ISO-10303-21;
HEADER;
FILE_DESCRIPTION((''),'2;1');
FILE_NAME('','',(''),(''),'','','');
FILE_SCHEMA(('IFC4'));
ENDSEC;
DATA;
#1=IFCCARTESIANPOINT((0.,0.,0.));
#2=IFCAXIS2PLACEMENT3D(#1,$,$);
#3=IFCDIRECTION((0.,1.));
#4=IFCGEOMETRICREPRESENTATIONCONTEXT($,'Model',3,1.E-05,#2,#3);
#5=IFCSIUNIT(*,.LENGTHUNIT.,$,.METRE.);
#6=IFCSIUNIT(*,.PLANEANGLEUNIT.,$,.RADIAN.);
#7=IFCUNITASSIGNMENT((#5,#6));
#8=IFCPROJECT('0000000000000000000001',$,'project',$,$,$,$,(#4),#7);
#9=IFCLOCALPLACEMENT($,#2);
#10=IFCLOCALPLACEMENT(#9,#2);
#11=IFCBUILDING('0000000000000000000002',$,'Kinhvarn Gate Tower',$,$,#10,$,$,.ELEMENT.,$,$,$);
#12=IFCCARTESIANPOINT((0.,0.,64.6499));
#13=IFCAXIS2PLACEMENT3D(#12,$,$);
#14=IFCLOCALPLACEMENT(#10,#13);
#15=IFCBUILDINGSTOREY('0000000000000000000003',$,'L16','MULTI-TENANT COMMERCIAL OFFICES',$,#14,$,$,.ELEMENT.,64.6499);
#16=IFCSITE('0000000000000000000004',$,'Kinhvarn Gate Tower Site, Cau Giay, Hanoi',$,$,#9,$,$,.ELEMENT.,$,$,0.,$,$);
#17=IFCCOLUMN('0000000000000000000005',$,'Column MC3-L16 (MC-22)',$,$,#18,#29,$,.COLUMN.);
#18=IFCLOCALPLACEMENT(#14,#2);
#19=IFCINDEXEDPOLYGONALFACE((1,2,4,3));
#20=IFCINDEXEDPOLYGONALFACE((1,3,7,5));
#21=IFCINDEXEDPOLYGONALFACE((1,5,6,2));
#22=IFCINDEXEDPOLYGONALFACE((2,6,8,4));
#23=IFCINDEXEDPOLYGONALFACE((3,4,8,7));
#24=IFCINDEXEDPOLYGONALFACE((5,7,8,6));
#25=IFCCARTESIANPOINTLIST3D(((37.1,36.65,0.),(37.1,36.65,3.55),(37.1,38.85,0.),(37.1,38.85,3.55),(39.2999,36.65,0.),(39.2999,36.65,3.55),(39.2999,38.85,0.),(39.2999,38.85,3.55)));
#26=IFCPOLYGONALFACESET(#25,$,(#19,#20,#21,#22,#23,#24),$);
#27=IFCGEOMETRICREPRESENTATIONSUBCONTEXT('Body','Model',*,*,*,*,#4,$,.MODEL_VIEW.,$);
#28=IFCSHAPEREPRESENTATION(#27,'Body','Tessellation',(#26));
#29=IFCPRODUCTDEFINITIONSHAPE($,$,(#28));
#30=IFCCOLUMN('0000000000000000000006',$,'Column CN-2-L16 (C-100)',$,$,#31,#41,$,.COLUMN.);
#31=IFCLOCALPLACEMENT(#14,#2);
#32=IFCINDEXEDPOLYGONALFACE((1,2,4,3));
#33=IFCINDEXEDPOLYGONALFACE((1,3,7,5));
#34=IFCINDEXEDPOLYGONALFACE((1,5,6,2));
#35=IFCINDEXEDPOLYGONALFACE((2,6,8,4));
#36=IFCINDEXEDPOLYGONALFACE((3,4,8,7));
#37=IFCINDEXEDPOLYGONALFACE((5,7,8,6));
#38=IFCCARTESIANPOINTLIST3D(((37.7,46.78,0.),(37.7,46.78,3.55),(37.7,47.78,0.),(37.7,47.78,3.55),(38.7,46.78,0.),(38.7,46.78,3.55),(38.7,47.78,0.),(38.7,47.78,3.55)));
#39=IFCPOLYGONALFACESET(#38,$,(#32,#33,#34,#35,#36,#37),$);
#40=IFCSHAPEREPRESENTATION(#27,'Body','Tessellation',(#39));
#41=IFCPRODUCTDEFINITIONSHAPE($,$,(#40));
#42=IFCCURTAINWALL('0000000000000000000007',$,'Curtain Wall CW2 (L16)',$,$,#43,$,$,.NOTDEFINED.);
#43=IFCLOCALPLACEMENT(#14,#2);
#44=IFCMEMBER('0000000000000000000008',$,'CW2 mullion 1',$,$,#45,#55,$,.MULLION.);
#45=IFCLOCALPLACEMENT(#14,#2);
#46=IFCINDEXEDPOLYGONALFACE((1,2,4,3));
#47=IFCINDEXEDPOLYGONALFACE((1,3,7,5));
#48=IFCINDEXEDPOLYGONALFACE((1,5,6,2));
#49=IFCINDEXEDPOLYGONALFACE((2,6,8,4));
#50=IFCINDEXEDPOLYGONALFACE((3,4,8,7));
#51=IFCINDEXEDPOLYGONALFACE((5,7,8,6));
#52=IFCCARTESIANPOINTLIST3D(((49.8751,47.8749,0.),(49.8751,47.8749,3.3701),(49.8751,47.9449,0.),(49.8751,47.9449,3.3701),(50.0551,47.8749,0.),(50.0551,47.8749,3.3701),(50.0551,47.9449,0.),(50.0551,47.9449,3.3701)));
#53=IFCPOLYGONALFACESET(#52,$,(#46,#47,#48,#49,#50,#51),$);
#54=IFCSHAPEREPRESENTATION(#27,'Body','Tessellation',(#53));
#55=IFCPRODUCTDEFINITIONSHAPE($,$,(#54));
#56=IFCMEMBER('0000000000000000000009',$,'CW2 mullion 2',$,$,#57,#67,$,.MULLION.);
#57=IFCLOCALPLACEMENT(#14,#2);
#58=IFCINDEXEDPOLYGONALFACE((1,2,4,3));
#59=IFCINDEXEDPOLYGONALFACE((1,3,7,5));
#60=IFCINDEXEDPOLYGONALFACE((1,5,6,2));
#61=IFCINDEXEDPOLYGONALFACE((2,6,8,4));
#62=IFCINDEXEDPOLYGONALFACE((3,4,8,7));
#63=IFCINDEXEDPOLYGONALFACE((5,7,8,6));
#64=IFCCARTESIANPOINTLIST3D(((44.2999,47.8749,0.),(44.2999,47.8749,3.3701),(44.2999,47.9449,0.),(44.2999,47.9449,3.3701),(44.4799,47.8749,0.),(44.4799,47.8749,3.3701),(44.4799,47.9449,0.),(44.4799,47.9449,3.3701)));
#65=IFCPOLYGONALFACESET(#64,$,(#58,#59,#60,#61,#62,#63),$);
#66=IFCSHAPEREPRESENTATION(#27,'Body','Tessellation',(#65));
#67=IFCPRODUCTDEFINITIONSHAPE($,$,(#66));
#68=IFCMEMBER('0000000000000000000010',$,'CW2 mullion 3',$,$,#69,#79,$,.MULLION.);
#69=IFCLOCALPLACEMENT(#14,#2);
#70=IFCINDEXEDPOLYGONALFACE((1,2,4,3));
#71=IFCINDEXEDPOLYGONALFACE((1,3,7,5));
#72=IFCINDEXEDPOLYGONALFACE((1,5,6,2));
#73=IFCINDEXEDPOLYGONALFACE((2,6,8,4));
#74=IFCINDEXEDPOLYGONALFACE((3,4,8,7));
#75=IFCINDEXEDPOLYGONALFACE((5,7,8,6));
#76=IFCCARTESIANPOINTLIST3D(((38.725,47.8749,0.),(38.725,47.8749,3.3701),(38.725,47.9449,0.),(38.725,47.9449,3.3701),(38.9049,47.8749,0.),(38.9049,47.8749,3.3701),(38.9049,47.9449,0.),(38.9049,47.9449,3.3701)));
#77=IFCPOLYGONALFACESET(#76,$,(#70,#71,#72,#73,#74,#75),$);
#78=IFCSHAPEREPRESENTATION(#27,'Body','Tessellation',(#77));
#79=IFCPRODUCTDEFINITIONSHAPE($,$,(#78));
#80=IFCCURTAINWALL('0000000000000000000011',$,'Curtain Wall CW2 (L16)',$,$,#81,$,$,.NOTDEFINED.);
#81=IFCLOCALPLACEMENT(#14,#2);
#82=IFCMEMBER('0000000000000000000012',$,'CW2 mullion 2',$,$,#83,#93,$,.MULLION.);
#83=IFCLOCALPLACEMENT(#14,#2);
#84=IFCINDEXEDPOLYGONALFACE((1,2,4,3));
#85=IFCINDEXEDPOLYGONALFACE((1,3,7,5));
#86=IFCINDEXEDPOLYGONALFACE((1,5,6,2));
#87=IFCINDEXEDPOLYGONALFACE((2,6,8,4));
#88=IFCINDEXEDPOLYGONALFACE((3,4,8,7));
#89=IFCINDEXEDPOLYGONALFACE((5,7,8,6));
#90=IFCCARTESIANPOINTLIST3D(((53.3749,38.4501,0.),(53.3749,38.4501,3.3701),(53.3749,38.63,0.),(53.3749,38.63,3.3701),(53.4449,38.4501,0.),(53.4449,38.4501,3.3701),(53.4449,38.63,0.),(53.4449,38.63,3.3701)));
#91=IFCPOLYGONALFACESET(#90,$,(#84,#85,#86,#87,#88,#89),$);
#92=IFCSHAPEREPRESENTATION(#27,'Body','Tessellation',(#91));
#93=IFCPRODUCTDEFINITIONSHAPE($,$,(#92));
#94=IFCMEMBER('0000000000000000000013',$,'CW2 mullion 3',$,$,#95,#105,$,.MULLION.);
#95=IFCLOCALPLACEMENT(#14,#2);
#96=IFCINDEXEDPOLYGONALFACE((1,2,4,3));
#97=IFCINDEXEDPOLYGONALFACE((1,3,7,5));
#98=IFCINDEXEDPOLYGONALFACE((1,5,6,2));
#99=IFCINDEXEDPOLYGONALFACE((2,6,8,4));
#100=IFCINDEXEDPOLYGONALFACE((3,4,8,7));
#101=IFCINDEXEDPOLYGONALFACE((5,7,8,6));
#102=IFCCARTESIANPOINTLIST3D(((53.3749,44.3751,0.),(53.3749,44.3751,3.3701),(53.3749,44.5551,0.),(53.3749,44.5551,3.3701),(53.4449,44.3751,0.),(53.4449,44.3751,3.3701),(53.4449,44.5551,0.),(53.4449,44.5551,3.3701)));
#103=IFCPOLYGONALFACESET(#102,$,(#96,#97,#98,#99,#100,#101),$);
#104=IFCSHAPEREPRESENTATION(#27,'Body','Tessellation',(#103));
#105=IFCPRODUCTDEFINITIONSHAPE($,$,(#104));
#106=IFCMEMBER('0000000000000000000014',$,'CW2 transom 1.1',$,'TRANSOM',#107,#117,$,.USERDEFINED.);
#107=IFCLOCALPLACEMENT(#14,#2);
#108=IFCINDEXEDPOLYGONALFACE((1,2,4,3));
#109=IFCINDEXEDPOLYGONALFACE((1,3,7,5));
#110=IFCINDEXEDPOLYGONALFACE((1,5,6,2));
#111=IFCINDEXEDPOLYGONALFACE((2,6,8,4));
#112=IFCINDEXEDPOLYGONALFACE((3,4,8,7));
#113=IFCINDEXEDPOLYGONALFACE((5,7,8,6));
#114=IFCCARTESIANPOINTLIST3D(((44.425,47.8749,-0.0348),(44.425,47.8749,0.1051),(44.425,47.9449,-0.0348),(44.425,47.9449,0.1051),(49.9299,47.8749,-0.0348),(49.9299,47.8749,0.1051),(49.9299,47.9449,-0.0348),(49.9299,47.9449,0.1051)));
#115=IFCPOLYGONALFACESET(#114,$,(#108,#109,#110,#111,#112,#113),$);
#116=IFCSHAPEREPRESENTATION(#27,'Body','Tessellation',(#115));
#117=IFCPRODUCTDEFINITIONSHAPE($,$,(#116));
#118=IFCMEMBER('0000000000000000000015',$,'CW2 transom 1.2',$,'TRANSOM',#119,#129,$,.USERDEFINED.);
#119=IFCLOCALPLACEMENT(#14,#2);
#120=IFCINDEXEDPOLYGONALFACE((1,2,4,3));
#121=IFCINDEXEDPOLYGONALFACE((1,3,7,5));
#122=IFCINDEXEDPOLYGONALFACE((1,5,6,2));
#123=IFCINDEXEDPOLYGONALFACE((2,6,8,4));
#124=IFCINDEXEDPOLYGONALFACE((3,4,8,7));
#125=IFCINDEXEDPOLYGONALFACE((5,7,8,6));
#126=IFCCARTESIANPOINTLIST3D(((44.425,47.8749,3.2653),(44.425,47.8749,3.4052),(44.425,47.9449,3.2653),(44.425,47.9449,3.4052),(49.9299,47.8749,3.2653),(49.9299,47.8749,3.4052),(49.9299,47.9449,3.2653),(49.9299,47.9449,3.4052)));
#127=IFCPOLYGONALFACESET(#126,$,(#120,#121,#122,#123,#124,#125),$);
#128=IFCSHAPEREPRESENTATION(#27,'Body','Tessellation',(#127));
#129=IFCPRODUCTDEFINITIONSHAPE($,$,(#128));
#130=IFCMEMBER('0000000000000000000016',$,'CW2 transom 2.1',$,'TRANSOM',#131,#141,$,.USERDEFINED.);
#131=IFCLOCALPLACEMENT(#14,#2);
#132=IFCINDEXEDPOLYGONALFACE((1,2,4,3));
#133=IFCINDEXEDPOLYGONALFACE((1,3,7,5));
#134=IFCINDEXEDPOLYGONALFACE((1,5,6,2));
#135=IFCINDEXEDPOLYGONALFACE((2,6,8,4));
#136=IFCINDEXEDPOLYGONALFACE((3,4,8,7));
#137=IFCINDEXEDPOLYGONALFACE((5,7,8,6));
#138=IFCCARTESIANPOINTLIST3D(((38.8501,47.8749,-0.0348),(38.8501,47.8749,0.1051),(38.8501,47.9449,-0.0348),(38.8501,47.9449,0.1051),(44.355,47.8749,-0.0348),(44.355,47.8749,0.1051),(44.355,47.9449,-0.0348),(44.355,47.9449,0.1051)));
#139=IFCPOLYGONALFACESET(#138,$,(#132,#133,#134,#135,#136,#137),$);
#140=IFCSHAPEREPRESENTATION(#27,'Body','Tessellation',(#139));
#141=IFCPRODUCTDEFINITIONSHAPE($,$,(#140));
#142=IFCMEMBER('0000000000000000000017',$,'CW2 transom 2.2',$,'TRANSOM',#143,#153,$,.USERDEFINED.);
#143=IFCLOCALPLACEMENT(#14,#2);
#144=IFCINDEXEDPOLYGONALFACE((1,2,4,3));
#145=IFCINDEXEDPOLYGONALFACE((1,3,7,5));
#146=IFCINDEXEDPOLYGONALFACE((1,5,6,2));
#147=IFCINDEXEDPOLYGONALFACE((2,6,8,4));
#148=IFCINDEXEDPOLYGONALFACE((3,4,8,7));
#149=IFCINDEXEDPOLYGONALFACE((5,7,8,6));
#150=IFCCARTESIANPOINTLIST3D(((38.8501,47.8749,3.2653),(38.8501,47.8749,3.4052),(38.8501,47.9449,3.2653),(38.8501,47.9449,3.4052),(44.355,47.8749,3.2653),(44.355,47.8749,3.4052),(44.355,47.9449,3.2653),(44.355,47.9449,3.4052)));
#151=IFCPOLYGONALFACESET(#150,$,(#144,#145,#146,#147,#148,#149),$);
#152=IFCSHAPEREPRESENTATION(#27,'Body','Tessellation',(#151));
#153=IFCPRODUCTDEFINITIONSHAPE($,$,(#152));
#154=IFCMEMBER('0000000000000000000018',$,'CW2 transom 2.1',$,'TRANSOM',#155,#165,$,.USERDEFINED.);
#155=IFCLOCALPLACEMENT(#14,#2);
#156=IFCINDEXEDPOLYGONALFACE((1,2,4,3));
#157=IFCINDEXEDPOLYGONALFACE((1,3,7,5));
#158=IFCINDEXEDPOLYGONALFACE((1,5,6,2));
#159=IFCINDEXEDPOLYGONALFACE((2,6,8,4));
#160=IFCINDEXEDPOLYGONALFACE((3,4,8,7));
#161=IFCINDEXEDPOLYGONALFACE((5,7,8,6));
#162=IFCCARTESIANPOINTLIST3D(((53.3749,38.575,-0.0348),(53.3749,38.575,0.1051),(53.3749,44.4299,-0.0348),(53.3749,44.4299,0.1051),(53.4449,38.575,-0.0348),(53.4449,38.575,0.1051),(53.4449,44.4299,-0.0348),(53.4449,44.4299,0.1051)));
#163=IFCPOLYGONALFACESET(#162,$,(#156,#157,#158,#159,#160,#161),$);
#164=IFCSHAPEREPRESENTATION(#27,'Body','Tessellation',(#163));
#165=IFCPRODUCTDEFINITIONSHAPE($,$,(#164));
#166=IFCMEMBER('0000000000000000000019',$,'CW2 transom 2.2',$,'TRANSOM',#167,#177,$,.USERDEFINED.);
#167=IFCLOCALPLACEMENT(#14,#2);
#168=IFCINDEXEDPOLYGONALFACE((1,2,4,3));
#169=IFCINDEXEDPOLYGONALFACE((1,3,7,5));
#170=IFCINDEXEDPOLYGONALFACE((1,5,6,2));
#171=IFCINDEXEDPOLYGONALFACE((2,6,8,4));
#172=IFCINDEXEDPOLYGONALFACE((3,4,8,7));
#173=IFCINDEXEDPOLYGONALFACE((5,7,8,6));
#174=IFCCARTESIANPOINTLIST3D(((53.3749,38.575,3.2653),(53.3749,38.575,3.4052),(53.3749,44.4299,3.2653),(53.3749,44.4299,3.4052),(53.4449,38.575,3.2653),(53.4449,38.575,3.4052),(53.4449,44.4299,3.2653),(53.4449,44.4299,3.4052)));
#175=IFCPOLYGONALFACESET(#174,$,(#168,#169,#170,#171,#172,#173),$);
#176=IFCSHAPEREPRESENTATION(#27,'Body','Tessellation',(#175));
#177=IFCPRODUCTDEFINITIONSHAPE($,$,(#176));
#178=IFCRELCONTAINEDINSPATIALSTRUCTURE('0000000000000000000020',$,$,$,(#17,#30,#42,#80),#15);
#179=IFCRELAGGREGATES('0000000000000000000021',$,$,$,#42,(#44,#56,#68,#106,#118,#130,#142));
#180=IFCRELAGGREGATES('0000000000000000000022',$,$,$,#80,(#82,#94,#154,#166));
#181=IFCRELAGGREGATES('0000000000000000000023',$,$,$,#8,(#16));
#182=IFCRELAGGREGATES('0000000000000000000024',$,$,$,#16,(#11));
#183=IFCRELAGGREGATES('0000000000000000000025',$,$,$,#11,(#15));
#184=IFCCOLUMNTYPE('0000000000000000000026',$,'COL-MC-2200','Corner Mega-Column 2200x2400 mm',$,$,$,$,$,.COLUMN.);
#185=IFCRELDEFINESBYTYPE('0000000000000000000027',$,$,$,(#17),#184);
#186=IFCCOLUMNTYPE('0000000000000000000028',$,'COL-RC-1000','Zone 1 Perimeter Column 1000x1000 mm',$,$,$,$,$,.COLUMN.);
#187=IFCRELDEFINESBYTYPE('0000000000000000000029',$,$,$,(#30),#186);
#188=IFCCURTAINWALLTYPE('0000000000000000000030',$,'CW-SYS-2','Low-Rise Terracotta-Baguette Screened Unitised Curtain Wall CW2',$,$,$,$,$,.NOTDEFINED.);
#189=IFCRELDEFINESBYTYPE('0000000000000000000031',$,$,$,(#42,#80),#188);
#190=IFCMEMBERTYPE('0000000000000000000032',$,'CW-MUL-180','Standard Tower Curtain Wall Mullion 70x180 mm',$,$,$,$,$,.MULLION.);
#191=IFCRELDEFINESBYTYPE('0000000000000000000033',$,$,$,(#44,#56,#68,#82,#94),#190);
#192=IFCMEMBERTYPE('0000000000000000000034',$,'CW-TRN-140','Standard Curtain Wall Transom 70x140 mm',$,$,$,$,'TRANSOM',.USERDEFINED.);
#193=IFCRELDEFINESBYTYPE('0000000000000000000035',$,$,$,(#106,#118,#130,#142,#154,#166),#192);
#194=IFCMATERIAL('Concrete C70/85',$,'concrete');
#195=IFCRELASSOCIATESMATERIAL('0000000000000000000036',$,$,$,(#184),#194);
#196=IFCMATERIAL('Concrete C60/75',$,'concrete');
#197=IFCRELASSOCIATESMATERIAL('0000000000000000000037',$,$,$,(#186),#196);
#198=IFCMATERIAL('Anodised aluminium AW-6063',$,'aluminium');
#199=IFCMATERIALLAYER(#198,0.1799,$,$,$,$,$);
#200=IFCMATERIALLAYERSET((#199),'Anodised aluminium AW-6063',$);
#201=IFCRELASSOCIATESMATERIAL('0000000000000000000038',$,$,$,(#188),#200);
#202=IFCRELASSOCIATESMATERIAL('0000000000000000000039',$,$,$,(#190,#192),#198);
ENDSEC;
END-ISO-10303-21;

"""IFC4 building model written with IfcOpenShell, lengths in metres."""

from ifc_helpers import new_model, si_unit, direction, frame, origin, origin_2d, place, context, subcontext, project, spatial, rectangle, extrude, material, layer, layer_set, material_profile, profile_set, type_object, element, aggregate, save


model = new_model("IFC4")

# Units and contexts
model_context = context("Model", 3, precision=1e-05, world=origin(), true_north=direction((0.0, 1.0)))
body_context = subcontext(model_context, "Body", "Model", "MODEL_VIEW")
ifc_project = project(units=[si_unit("LENGTHUNIT", "METRE"), si_unit("PLANEANGLEUNIT", "RADIAN")], contexts=[model_context])

# Site, building, storey
site_placement = place(None, origin())
site = spatial("IfcSite", under=ifc_project, at=site_placement, Name="Kinhvarn Gate Tower Site, Cau Giay, Hanoi", CompositionType="ELEMENT", RefElevation=0.0)
building_placement = place(site_placement, origin())
building = spatial("IfcBuilding", under=site, at=building_placement, Name="Kinhvarn Gate Tower", CompositionType="ELEMENT")
storey_placement = place(building_placement, frame((0.0, 0.0, 64.6499)))
storey = spatial("IfcBuildingStorey", under=building, at=storey_placement, Name="L16", Description="MULTI-TENANT COMMERCIAL OFFICES", CompositionType="ELEMENT", Elevation=64.6499)

# Columns
ifc_material_1 = material(Name="Concrete C70/85", Category="concrete")
ifc_material_profile_1 = material_profile(ifc_material_1, rectangle(XDim=2.2, YDim=2.2, at=origin_2d()), Name="RC 2200x2200")
ifc_profile_set_1 = profile_set([ifc_material_profile_1], Name="Concrete C70/85")
column_type_1 = type_object("IfcColumnType", Name="COL-MC-2200", Description="Corner Mega-Column 2200x2400 mm", PredefinedType="COLUMN", material=ifc_profile_set_1)
column_1_placement = place(storey_placement, frame((38.2, 37.75, 0.0), z_axis=(0.0, 0.0, 1.0), x_axis=(1.0, 0.0, 0.0)))
element("IfcColumn", 1, at=column_1_placement, inside=storey, type_object=column_type_1, Name="Column MC3-L16 (MC-22)", PredefinedType="COLUMN", context=body_context, shape_type="SweptSolid", body=[
    extrude(rectangle(XDim=2.2, YDim=2.2, at=origin_2d()), origin(), (0.0, 0.0, 1.0), 3.55),
])
ifc_material_2 = material(Name="Concrete C60/75", Category="concrete")
ifc_material_profile_2 = material_profile(ifc_material_2, rectangle(XDim=1.0, YDim=1.0, at=origin_2d()), Name="RC 1000x1000")
ifc_profile_set_2 = profile_set([ifc_material_profile_2], Name="Concrete C60/75")
column_type_2 = type_object("IfcColumnType", Name="COL-RC-1000", Description="Zone 1 Perimeter Column 1000x1000 mm", PredefinedType="COLUMN", material=ifc_profile_set_2)
column_2_placement = place(storey_placement, frame((38.2, 47.28, 0.0), z_axis=(0.0, 0.0, 1.0), x_axis=(1.0, 0.0, 0.0)))
element("IfcColumn", 2, at=column_2_placement, inside=storey, type_object=column_type_2, Name="Column CN-2-L16 (C-100)", PredefinedType="COLUMN", context=body_context, shape_type="SweptSolid", body=[
    extrude(rectangle(XDim=1.0, YDim=1.0, at=origin_2d()), origin(), (0.0, 0.0, 1.0), 3.55),
])

# Curtain walls, members
ifc_material_3 = material(Name="Anodised aluminium AW-6063", Category="aluminium")
ifc_layer_1 = layer(ifc_material_3, 0.1799)
ifc_layer_set_1 = layer_set([ifc_layer_1], Name="Anodised aluminium AW-6063")
curtain_wall_type = type_object("IfcCurtainWallType", Name="CW-SYS-2", Description="Low-Rise Terracotta-Baguette Screened Unitised Curtain Wall CW2", PredefinedType="NOTDEFINED", material=ifc_layer_set_1)
curtain_wall_1_placement = place(storey_placement, origin())
curtain_wall_1 = element("IfcCurtainWall", 3, at=curtain_wall_1_placement, inside=storey, type_object=curtain_wall_type, Name="Curtain Wall CW2 (L16)", PredefinedType="NOTDEFINED")
ifc_material_profile_3 = material_profile(ifc_material_3, rectangle(XDim=0.0701, YDim=0.1799, at=origin_2d()), Name="ALU 70x180")
ifc_profile_set_3 = profile_set([ifc_material_profile_3], Name="Anodised aluminium AW-6063")
member_type_1 = type_object("IfcMemberType", Name="CW-MUL-180", Description="Standard Tower Curtain Wall Mullion 70x180 mm", PredefinedType="MULLION", material=ifc_profile_set_3)
member_1_placement = place(storey_placement, frame((49.9651, 47.9099, 0.0), z_axis=(0.0, 0.0, 1.0), x_axis=(0.0, -1.0, 0.0)))
member_1 = element("IfcMember", 4, at=member_1_placement, type_object=member_type_1, Name="CW2 mullion 1", PredefinedType="MULLION", context=body_context, shape_type="SweptSolid", body=[
    extrude(rectangle(XDim=0.0701, YDim=0.1799, at=origin_2d()), origin(), (0.0, 0.0, 1.0), 3.3701),
])
member_2_placement = place(storey_placement, frame((44.3899, 47.9099, 0.0), z_axis=(0.0, 0.0, 1.0), x_axis=(0.0, -1.0, 0.0)))
member_2 = element("IfcMember", 5, at=member_2_placement, type_object=member_type_1, Name="CW2 mullion 2", PredefinedType="MULLION", context=body_context, shape_type="SweptSolid", body=[
    extrude(rectangle(XDim=0.0701, YDim=0.1799, at=origin_2d()), origin(), (0.0, 0.0, 1.0), 3.3701),
])
member_3_placement = place(storey_placement, frame((38.8149, 47.9099, 0.0), z_axis=(0.0, 0.0, 1.0), x_axis=(0.0, -1.0, 0.0)))
member_3 = element("IfcMember", 6, at=member_3_placement, type_object=member_type_1, Name="CW2 mullion 3", PredefinedType="MULLION", context=body_context, shape_type="SweptSolid", body=[
    extrude(rectangle(XDim=0.0701, YDim=0.1799, at=origin_2d()), origin(), (0.0, 0.0, 1.0), 3.3701),
])
curtain_wall_2_placement = place(storey_placement, origin())
curtain_wall_2 = element("IfcCurtainWall", 7, at=curtain_wall_2_placement, inside=storey, type_object=curtain_wall_type, Name="Curtain Wall CW2 (L16)", PredefinedType="NOTDEFINED")
member_4_placement = place(storey_placement, frame((53.4099, 38.54, 0.0), z_axis=(0.0, 0.0, 1.0), x_axis=(-1.0, 0.0, 0.0)))
member_4 = element("IfcMember", 8, at=member_4_placement, type_object=member_type_1, Name="CW2 mullion 2", PredefinedType="MULLION", context=body_context, shape_type="SweptSolid", body=[
    extrude(rectangle(XDim=0.0701, YDim=0.1799, at=origin_2d()), origin(), (0.0, 0.0, 1.0), 3.3701),
])
member_5_placement = place(storey_placement, frame((53.4099, 44.4651, 0.0), z_axis=(0.0, 0.0, 1.0), x_axis=(-1.0, 0.0, 0.0)))
member_5 = element("IfcMember", 9, at=member_5_placement, type_object=member_type_1, Name="CW2 mullion 3", PredefinedType="MULLION", context=body_context, shape_type="SweptSolid", body=[
    extrude(rectangle(XDim=0.0701, YDim=0.1799, at=origin_2d()), origin(), (0.0, 0.0, 1.0), 3.3701),
])

# Members
ifc_material_profile_4 = material_profile(ifc_material_3, rectangle(XDim=0.0701, YDim=0.1399, at=origin_2d()), Name="ALU 70x140")
ifc_profile_set_4 = profile_set([ifc_material_profile_4], Name="Anodised aluminium AW-6063")
member_type_2 = type_object("IfcMemberType", Name="CW-TRN-140", Description="Standard Curtain Wall Transom 70x140 mm", ElementType="TRANSOM", PredefinedType="USERDEFINED", material=ifc_profile_set_4)
member_6_placement = place(storey_placement, frame((49.9299, 47.9099, 0.0352), z_axis=(-1.0, 0.0, 0.0), x_axis=(0.0, -1.0, 0.0)))
member_6 = element("IfcMember", 10, at=member_6_placement, type_object=member_type_2, Name="CW2 transom 1.1", ObjectType="TRANSOM", PredefinedType="USERDEFINED", context=body_context, shape_type="SweptSolid", body=[
    extrude(rectangle(XDim=0.0701, YDim=0.1399, at=origin_2d()), origin(), (0.0, 0.0, 1.0), 5.5049),
])
member_7_placement = place(storey_placement, frame((49.9299, 47.9099, 3.3352), z_axis=(-1.0, 0.0, 0.0), x_axis=(0.0, -1.0, 0.0)))
member_7 = element("IfcMember", 11, at=member_7_placement, type_object=member_type_2, Name="CW2 transom 1.2", ObjectType="TRANSOM", PredefinedType="USERDEFINED", context=body_context, shape_type="SweptSolid", body=[
    extrude(rectangle(XDim=0.0701, YDim=0.1399, at=origin_2d()), origin(), (0.0, 0.0, 1.0), 5.5049),
])
member_8_placement = place(storey_placement, frame((44.355, 47.9099, 0.0352), z_axis=(-1.0, 0.0, 0.0), x_axis=(0.0, -1.0, 0.0)))
member_8 = element("IfcMember", 12, at=member_8_placement, type_object=member_type_2, Name="CW2 transom 2.1", ObjectType="TRANSOM", PredefinedType="USERDEFINED", context=body_context, shape_type="SweptSolid", body=[
    extrude(rectangle(XDim=0.0701, YDim=0.1399, at=origin_2d()), origin(), (0.0, 0.0, 1.0), 5.5049),
])
member_9_placement = place(storey_placement, frame((44.355, 47.9099, 3.3352), z_axis=(-1.0, 0.0, 0.0), x_axis=(0.0, -1.0, 0.0)))
member_9 = element("IfcMember", 13, at=member_9_placement, type_object=member_type_2, Name="CW2 transom 2.2", ObjectType="TRANSOM", PredefinedType="USERDEFINED", context=body_context, shape_type="SweptSolid", body=[
    extrude(rectangle(XDim=0.0701, YDim=0.1399, at=origin_2d()), origin(), (0.0, 0.0, 1.0), 5.5049),
])
member_10_placement = place(storey_placement, frame((53.4099, 38.575, 0.0352), z_axis=(0.0, 1.0, 0.0), x_axis=(-1.0, 0.0, 0.0)))
member_10 = element("IfcMember", 14, at=member_10_placement, type_object=member_type_2, Name="CW2 transom 2.1", ObjectType="TRANSOM", PredefinedType="USERDEFINED", context=body_context, shape_type="SweptSolid", body=[
    extrude(rectangle(XDim=0.0701, YDim=0.1399, at=origin_2d()), origin(), (0.0, 0.0, 1.0), 5.855),
])
member_11_placement = place(storey_placement, frame((53.4099, 38.575, 3.3352), z_axis=(0.0, 1.0, 0.0), x_axis=(-1.0, 0.0, 0.0)))
member_11 = element("IfcMember", 15, at=member_11_placement, type_object=member_type_2, Name="CW2 transom 2.2", ObjectType="TRANSOM", PredefinedType="USERDEFINED", context=body_context, shape_type="SweptSolid", body=[
    extrude(rectangle(XDim=0.0701, YDim=0.1399, at=origin_2d()), origin(), (0.0, 0.0, 1.0), 5.855),
])

aggregate(curtain_wall_1, [member_1, member_2, member_3, member_6, member_7, member_8, member_9])
aggregate(curtain_wall_2, [member_4, member_5, member_10, member_11])

save(model, "model.ifc")
